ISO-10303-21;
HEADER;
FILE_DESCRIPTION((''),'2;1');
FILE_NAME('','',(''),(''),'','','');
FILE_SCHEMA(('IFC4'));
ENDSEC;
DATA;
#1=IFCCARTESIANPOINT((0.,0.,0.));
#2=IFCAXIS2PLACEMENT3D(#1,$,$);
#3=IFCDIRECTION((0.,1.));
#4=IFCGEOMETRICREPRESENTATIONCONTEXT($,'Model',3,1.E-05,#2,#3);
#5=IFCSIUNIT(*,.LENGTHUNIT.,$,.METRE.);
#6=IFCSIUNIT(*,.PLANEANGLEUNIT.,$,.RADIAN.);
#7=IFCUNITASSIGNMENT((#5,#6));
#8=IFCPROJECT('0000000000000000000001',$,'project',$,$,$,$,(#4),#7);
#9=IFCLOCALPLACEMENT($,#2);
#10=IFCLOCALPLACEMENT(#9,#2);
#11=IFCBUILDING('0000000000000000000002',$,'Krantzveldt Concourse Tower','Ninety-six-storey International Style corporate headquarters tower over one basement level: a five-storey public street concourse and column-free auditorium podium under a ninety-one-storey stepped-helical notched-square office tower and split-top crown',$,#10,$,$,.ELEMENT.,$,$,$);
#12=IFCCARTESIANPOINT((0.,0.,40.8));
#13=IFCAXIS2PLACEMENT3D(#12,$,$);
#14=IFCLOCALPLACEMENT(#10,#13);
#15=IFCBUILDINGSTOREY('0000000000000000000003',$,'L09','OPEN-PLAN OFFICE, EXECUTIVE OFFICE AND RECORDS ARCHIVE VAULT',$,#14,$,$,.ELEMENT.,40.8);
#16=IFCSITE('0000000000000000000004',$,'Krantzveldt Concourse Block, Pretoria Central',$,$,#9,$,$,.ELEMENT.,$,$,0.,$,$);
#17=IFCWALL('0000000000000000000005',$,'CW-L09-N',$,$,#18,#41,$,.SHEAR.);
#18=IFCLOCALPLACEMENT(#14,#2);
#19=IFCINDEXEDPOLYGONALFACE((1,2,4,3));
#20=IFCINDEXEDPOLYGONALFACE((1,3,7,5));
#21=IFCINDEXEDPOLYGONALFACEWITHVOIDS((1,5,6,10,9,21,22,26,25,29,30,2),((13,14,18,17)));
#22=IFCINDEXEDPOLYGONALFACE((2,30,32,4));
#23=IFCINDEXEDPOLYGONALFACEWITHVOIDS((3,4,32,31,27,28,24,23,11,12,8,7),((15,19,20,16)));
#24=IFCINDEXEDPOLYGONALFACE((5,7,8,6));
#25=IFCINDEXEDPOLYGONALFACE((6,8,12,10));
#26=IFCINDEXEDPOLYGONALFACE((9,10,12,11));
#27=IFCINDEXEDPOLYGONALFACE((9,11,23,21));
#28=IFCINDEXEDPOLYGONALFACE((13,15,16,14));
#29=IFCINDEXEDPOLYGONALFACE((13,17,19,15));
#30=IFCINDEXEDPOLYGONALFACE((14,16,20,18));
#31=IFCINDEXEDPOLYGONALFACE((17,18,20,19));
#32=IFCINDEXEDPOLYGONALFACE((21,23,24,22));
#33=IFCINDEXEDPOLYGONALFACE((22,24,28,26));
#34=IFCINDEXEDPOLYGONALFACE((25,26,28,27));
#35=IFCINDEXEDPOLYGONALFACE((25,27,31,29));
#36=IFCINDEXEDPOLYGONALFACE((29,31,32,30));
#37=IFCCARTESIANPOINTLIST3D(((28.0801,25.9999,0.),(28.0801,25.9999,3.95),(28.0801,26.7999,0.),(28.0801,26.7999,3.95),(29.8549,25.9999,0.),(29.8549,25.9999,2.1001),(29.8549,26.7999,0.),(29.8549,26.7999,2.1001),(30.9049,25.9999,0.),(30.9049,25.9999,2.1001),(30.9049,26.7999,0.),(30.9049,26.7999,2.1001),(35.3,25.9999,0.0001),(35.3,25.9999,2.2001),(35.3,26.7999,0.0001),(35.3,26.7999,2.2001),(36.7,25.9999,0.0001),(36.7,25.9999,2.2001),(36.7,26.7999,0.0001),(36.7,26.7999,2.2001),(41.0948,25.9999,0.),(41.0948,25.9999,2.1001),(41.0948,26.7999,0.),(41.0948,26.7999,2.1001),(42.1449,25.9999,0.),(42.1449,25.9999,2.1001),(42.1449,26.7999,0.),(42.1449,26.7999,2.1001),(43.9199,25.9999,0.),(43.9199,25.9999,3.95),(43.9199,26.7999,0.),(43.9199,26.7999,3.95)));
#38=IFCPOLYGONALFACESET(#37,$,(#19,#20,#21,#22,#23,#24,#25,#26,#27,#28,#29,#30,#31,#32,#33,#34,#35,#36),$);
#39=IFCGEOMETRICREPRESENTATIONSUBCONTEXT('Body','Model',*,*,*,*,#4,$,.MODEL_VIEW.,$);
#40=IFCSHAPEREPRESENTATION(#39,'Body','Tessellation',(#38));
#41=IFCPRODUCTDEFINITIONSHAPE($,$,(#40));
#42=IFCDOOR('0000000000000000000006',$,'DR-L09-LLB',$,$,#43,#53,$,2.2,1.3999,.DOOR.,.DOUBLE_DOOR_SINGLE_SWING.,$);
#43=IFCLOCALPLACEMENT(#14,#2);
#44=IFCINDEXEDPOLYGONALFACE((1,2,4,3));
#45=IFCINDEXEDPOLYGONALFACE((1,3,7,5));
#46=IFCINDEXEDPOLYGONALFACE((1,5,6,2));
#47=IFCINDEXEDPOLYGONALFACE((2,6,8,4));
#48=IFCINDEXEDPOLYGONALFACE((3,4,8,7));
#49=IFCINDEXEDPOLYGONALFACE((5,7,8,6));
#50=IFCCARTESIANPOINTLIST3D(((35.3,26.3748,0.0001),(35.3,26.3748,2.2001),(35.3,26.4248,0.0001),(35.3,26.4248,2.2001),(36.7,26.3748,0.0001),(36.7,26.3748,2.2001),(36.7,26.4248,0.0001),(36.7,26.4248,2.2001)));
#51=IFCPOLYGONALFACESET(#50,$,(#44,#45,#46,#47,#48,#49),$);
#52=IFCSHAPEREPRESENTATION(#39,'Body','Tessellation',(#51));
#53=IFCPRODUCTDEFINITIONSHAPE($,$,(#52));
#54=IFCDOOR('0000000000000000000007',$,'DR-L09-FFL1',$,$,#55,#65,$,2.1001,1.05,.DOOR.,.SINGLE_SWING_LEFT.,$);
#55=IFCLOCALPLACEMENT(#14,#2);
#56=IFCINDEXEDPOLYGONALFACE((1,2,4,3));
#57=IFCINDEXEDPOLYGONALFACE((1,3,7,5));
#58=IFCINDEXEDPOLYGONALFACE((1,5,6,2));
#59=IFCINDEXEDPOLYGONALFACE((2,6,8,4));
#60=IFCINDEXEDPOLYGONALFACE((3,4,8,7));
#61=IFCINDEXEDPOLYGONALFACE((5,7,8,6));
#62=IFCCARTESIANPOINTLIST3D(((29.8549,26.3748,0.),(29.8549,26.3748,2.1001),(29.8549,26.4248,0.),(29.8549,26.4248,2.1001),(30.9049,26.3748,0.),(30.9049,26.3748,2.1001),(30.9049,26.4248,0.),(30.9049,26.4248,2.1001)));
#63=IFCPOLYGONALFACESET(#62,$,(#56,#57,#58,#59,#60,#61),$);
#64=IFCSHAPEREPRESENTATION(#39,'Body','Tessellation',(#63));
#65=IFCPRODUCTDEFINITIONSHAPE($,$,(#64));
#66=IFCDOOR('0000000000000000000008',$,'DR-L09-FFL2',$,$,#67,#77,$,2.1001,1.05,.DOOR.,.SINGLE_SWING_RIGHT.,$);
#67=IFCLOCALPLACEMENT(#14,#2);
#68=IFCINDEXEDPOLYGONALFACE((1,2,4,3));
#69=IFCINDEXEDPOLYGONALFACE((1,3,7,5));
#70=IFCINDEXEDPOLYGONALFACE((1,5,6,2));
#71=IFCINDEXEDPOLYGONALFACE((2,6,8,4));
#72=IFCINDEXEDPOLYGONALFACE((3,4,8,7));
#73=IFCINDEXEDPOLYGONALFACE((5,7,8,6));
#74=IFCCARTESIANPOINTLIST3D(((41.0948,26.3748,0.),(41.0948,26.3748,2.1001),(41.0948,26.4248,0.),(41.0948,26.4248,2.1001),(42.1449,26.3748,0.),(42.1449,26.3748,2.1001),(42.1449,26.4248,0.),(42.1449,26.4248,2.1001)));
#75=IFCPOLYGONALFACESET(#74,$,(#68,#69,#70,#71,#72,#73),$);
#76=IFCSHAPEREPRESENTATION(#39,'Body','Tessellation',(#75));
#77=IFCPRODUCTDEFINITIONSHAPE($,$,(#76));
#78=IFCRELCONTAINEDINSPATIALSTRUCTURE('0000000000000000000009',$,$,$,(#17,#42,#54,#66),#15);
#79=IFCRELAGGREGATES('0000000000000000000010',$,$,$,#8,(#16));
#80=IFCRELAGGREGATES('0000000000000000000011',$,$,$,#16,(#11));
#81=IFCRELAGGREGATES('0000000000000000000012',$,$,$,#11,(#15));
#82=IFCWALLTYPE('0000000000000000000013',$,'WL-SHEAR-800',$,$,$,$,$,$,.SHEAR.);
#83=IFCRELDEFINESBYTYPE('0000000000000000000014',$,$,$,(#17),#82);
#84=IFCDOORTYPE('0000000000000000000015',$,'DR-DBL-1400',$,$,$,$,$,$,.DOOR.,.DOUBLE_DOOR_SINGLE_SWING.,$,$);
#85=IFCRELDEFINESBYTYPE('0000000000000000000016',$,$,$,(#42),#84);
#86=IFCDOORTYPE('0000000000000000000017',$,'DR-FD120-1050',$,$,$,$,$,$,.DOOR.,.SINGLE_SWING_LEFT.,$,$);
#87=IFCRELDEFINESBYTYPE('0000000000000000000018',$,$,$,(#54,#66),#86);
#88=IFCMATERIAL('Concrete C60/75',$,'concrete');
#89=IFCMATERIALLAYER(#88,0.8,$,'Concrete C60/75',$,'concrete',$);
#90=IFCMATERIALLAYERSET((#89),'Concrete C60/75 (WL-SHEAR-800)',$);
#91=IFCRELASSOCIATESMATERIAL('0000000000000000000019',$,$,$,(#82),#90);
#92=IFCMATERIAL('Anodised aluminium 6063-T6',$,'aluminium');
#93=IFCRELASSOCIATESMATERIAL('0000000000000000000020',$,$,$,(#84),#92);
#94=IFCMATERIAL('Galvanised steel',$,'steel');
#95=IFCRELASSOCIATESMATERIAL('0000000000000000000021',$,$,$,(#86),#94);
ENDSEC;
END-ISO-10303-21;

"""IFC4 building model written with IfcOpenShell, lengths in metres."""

from ifc_helpers import new_model, si_unit, direction, frame, frame_2d, origin, place, context, subcontext, project, spatial, rectangle, extrude, material, layer, layer_set, type_object, element, fill, save


model = new_model("IFC4")

# Units and contexts
model_context = context("Model", 3, precision=1e-05, world=origin(), true_north=direction((0.0, 1.0)))
body_context = subcontext(model_context, "Body", "Model", "MODEL_VIEW")
ifc_project = project(units=[si_unit("LENGTHUNIT", "METRE"), si_unit("PLANEANGLEUNIT", "RADIAN")], contexts=[model_context])

# Site, building, storey
site_placement = place(None, origin())
site = spatial("IfcSite", under=ifc_project, at=site_placement, Name="Krantzveldt Concourse Block, Pretoria Central", CompositionType="ELEMENT", RefElevation=0.0)
building_placement = place(site_placement, origin())
building = spatial("IfcBuilding", under=site, at=building_placement, Name="Krantzveldt Concourse Tower", Description="Ninety-six-storey International Style corporate headquarters tower over one basement level: a five-storey public street concourse and column-free auditorium podium under a ninety-one-storey stepped-helical notched-square office tower and split-top crown", CompositionType="ELEMENT")
storey_placement = place(building_placement, frame((0.0, 0.0, 40.8)))
storey = spatial("IfcBuildingStorey", under=building, at=storey_placement, Name="L09", Description="OPEN-PLAN OFFICE, EXECUTIVE OFFICE AND RECORDS ARCHIVE VAULT", CompositionType="ELEMENT", Elevation=40.8)

# Wall, openings, doors
ifc_material_1 = material(Name="Concrete C60/75", Category="concrete")
ifc_layer_1 = layer(ifc_material_1, 0.8, Name="Concrete C60/75", Category="concrete")
ifc_layer_set_1 = layer_set([ifc_layer_1], Name="Concrete C60/75 (WL-SHEAR-800)")
wall_type_1 = type_object("IfcWallType", Name="WL-SHEAR-800", PredefinedType="SHEAR", material=ifc_layer_set_1)
wall_1_placement = place(storey_placement, frame((28.0801, 26.3999, 0.0), z_axis=(0.0, 0.0, 1.0), x_axis=(1.0, 0.0, 0.0)))
wall_1 = element("IfcWall", 1, at=wall_1_placement, inside=storey, type_object=wall_type_1, Name="CW-L09-N", PredefinedType="SHEAR", context=body_context, shape_type="SweptSolid", body=[
    extrude(rectangle(XDim=15.8398, YDim=0.8, at=frame_2d((7.9199, 0.0))), origin(), (0.0, 0.0, 1.0), 3.95),
])
opening_1_placement = place(wall_1_placement, frame((7.22, 0.0, 0.0)))
opening_1 = element("IfcOpeningElement", 2, at=opening_1_placement, cuts=wall_1, PredefinedType="OPENING", context=body_context, shape_type="SweptSolid", body=[
    extrude(rectangle(XDim=1.3999, YDim=2.2, at=frame_2d((0.7, 1.1001))), frame((0.0, 0.4102, 0.0), z_axis=(0.0, -1.0, 0.0), x_axis=(1.0, 0.0, 0.0)), (0.0, 0.0, 1.0), 0.8201),
])
opening_2_placement = place(wall_1_placement, frame((1.7749, 0.0, 0.0)))
opening_2 = element("IfcOpeningElement", 3, at=opening_2_placement, cuts=wall_1, PredefinedType="OPENING", context=body_context, shape_type="SweptSolid", body=[
    extrude(rectangle(XDim=1.05, YDim=2.1001, at=frame_2d((0.5249, 1.05))), frame((0.0, 0.4102, 0.0), z_axis=(0.0, -1.0, 0.0), x_axis=(1.0, 0.0, 0.0)), (0.0, 0.0, 1.0), 0.8201),
])
opening_3_placement = place(wall_1_placement, frame((13.0149, 0.0, 0.0)))
opening_3 = element("IfcOpeningElement", 4, at=opening_3_placement, cuts=wall_1, PredefinedType="OPENING", context=body_context, shape_type="SweptSolid", body=[
    extrude(rectangle(XDim=1.05, YDim=2.1001, at=frame_2d((0.5249, 1.05))), frame((0.0, 0.4102, 0.0), z_axis=(0.0, -1.0, 0.0), x_axis=(1.0, 0.0, 0.0)), (0.0, 0.0, 1.0), 0.8201),
])
ifc_material_2 = material(Name="Anodised aluminium 6063-T6", Category="aluminium")
door_type_1 = type_object("IfcDoorType", Name="DR-DBL-1400", OperationType="DOUBLE_DOOR_SINGLE_SWING", PredefinedType="DOOR", material=ifc_material_2)
door_1_placement = place(opening_1_placement, origin())
door_1 = element("IfcDoor", 5, at=door_1_placement, inside=storey, type_object=door_type_1, Name="DR-L09-LLB", OperationType="DOUBLE_DOOR_SINGLE_SWING", OverallHeight=2.2, OverallWidth=1.3999, PredefinedType="DOOR", context=body_context, shape_type="SweptSolid", body=[
    extrude(rectangle(XDim=1.3999, YDim=2.2, at=frame_2d((0.7, 1.1001))), frame((0.0, 0.0249, 0.0), z_axis=(0.0, -1.0, 0.0), x_axis=(1.0, 0.0, 0.0)), (0.0, 0.0, 1.0), 0.05),
])
fill(opening_1, door_1)
ifc_material_3 = material(Name="Galvanised steel", Category="steel")
door_type_2 = type_object("IfcDoorType", Name="DR-FD120-1050", OperationType="SINGLE_SWING_LEFT", PredefinedType="DOOR", material=ifc_material_3)
door_2_placement = place(opening_2_placement, origin())
door_2 = element("IfcDoor", 6, at=door_2_placement, inside=storey, type_object=door_type_2, Name="DR-L09-FFL1", OperationType="SINGLE_SWING_LEFT", OverallHeight=2.1001, OverallWidth=1.05, PredefinedType="DOOR", context=body_context, shape_type="SweptSolid", body=[
    extrude(rectangle(XDim=1.05, YDim=2.1001, at=frame_2d((0.5249, 1.05))), frame((0.0, 0.0249, 0.0), z_axis=(0.0, -1.0, 0.0), x_axis=(1.0, 0.0, 0.0)), (0.0, 0.0, 1.0), 0.05),
])
fill(opening_2, door_2)
door_3_placement = place(opening_3_placement, origin())
door_3 = element("IfcDoor", 7, at=door_3_placement, inside=storey, type_object=door_type_2, Name="DR-L09-FFL2", OperationType="SINGLE_SWING_RIGHT", OverallHeight=2.1001, OverallWidth=1.05, PredefinedType="DOOR", context=body_context, shape_type="SweptSolid", body=[
    extrude(rectangle(XDim=1.05, YDim=2.1001, at=frame_2d((0.5249, 1.05))), frame((0.0, 0.0249, 0.0), z_axis=(0.0, -1.0, 0.0), x_axis=(1.0, 0.0, 0.0)), (0.0, 0.0, 1.0), 0.05),
])
fill(opening_3, door_3)

save(model, "model.ifc")
